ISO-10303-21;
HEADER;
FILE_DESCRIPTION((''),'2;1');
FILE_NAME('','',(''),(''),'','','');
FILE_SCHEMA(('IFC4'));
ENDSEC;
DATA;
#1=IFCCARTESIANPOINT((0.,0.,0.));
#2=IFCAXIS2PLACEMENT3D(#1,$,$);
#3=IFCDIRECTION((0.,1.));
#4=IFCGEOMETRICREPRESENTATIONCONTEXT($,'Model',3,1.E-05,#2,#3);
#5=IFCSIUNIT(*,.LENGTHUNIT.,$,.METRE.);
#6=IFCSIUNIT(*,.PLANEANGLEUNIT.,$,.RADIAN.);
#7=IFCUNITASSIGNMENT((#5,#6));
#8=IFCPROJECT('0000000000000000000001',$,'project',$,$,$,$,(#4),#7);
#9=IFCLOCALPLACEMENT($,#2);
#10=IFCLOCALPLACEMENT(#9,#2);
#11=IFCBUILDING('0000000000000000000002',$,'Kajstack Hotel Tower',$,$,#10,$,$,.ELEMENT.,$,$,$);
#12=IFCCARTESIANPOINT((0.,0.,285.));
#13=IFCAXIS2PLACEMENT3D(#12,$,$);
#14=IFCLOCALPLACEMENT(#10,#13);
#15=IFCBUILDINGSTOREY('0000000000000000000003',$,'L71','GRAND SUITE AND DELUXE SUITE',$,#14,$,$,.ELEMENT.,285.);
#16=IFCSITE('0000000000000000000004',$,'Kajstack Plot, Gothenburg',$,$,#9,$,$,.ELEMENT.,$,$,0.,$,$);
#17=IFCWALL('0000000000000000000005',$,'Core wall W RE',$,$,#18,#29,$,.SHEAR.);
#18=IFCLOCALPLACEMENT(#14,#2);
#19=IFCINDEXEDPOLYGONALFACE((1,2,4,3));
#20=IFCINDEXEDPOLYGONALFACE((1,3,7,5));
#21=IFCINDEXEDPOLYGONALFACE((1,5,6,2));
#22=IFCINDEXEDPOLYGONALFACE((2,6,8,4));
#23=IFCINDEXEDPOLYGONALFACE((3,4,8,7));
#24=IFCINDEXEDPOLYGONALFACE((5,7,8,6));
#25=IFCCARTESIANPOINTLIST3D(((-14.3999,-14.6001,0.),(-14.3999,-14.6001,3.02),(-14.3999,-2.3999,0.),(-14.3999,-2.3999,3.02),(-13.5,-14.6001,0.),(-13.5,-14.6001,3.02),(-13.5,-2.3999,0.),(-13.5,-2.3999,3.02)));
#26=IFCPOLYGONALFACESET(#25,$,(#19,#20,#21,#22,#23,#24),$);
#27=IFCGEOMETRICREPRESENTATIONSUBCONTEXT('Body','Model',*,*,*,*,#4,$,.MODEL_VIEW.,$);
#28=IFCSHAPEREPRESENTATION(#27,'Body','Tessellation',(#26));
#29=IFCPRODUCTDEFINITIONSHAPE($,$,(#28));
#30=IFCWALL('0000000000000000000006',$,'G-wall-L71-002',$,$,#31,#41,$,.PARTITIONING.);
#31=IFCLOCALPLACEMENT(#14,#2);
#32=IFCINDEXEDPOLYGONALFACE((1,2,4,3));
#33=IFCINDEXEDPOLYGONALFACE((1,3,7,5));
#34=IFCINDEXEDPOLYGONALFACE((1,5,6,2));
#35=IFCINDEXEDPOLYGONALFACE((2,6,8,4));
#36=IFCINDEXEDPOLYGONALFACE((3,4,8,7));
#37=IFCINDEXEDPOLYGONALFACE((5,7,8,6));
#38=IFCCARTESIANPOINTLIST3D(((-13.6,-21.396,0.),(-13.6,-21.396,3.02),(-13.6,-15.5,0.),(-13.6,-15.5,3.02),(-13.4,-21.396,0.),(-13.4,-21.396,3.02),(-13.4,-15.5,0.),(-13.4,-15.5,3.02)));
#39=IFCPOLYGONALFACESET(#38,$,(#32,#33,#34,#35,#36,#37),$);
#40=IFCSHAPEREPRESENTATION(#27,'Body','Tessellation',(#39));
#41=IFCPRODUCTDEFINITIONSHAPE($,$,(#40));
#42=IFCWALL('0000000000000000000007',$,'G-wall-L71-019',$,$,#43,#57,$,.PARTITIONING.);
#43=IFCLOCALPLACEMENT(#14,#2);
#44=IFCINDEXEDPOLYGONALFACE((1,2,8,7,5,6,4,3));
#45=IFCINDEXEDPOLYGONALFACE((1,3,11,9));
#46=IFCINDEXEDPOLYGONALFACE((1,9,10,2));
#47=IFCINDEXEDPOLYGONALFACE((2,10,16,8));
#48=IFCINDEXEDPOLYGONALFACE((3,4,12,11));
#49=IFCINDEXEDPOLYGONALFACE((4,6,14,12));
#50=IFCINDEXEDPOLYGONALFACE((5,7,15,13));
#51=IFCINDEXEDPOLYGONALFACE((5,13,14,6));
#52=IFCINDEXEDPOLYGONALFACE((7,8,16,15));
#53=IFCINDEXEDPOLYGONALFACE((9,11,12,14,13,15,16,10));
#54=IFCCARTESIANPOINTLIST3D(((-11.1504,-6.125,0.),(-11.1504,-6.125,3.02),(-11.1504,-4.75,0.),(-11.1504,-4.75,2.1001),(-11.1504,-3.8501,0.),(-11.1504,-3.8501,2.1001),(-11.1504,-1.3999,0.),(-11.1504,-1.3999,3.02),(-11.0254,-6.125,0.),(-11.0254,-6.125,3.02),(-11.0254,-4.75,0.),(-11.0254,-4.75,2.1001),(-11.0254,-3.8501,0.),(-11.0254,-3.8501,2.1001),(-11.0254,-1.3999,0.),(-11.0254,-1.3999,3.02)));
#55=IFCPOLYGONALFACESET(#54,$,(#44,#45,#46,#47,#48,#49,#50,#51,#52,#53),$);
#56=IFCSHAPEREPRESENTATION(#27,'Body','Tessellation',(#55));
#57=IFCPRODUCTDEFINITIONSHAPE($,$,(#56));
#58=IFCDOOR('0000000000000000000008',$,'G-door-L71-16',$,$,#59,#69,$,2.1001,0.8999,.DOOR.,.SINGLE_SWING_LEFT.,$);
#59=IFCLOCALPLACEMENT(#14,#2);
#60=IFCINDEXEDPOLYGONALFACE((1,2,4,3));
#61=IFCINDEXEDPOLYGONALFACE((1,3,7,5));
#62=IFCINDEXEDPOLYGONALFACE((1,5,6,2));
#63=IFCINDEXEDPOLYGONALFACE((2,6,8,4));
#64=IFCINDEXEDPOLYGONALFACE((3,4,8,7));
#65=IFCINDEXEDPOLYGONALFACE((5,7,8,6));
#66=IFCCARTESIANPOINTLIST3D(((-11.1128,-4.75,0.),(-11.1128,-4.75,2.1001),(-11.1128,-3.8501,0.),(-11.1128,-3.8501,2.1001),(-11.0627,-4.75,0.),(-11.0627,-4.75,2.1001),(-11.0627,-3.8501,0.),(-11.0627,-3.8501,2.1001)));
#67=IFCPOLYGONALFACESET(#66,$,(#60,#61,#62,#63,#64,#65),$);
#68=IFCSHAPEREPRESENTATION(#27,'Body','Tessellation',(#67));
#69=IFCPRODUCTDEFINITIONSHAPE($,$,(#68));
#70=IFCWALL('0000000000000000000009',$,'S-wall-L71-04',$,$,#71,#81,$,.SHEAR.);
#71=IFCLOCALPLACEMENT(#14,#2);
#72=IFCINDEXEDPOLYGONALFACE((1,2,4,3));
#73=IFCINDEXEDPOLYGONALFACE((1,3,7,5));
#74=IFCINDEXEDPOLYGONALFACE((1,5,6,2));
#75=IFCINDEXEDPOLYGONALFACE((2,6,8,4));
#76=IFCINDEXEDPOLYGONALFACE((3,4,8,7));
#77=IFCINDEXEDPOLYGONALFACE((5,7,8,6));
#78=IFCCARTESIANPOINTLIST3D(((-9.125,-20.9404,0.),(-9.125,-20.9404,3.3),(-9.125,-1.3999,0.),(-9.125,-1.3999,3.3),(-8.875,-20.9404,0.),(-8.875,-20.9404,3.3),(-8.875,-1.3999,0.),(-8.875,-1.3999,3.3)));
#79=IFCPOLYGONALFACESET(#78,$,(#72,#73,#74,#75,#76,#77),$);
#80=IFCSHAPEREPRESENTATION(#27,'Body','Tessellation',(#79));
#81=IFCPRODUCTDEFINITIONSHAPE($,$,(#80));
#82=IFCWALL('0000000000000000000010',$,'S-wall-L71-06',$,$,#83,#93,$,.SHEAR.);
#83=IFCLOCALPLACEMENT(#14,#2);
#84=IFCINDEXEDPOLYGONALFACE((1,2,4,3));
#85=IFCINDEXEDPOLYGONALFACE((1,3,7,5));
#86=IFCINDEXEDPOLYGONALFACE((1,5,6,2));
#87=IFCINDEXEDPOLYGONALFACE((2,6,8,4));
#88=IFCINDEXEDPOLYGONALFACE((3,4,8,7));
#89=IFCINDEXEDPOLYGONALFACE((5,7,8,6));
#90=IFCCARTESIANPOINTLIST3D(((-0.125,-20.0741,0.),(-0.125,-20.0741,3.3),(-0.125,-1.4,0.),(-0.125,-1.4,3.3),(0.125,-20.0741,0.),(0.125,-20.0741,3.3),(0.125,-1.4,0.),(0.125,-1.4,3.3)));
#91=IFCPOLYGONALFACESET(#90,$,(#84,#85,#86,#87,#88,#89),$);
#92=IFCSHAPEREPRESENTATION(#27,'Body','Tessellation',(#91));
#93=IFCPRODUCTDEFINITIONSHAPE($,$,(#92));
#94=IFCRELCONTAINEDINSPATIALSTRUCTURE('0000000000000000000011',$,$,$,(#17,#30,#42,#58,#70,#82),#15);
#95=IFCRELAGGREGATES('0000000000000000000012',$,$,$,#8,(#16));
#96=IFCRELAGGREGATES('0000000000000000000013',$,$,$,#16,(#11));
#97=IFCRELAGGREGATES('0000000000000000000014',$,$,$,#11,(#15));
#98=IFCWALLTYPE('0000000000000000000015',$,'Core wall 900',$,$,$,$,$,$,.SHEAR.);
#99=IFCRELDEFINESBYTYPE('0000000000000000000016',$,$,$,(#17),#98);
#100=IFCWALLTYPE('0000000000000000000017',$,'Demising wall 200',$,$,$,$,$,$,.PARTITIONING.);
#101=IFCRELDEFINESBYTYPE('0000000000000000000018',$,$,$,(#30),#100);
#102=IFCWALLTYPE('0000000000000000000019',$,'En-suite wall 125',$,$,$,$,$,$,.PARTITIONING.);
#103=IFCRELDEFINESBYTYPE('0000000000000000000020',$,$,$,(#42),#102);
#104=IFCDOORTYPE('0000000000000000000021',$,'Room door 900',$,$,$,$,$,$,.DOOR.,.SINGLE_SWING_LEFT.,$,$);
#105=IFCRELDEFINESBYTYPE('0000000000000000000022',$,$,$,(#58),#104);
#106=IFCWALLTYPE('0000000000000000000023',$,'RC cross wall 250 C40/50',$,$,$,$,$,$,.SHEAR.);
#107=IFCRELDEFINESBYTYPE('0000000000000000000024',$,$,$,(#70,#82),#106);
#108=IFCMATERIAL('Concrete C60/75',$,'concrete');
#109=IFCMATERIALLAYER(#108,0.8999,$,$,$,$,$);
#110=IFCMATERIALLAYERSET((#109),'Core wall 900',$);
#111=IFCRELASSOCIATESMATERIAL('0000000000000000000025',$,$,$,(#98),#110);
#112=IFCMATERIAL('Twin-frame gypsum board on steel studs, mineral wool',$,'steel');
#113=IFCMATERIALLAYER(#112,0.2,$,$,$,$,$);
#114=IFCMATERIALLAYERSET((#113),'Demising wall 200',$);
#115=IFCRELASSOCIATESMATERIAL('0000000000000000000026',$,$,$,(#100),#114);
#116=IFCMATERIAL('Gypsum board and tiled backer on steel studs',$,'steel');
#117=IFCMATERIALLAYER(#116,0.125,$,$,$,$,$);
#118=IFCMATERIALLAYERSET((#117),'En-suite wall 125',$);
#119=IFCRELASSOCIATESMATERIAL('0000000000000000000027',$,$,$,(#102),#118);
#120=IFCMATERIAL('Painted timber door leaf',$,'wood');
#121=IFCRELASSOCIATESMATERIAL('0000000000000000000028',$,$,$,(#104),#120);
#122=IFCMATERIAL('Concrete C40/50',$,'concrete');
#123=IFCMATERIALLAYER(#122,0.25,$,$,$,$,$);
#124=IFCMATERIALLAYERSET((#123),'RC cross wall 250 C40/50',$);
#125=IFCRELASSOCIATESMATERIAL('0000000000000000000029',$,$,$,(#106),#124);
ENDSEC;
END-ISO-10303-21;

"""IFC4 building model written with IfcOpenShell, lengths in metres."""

from ifc_helpers import new_model, si_unit, direction, frame, frame_2d, origin, place, context, subcontext, project, spatial, rectangle, extrude, material, layer, layer_set, type_object, element, fill, save


model = new_model("IFC4")

# Units and contexts
model_context = context("Model", 3, precision=1e-05, world=origin(), true_north=direction((0.0, 1.0)))
body_context = subcontext(model_context, "Body", "Model", "MODEL_VIEW")
ifc_project = project(units=[si_unit("LENGTHUNIT", "METRE"), si_unit("PLANEANGLEUNIT", "RADIAN")], contexts=[model_context])

# Site, building, storey
site_placement = place(None, origin())
site = spatial("IfcSite", under=ifc_project, at=site_placement, Name="Kajstack Plot, Gothenburg", CompositionType="ELEMENT", RefElevation=0.0)
building_placement = place(site_placement, origin())
building = spatial("IfcBuilding", under=site, at=building_placement, Name="Kajstack Hotel Tower", CompositionType="ELEMENT")
storey_placement = place(building_placement, frame((0.0, 0.0, 285.0)))
storey = spatial("IfcBuildingStorey", under=building, at=storey_placement, Name="L71", Description="GRAND SUITE AND DELUXE SUITE", CompositionType="ELEMENT", Elevation=285.0)

# Walls
ifc_material_1 = material(Name="Concrete C60/75", Category="concrete")
ifc_layer_1 = layer(ifc_material_1, 0.8999)
ifc_layer_set_1 = layer_set([ifc_layer_1], Name="Core wall 900")
wall_type_1 = type_object("IfcWallType", Name="Core wall 900", PredefinedType="SHEAR", material=ifc_layer_set_1)
wall_1_placement = place(storey_placement, frame((-13.95, -14.6001, 0.0), z_axis=(0.0, 0.0, 1.0), x_axis=(0.0, 1.0, 0.0)))
element("IfcWall", 1, at=wall_1_placement, inside=storey, type_object=wall_type_1, Name="Core wall W RE", PredefinedType="SHEAR", context=body_context, shape_type="SweptSolid", body=[
    extrude(rectangle(XDim=12.2002, YDim=0.8999, at=frame_2d((6.1001, 0.0))), origin(), (0.0, 0.0, 1.0), 3.02),
])
ifc_material_2 = material(Name="Twin-frame gypsum board on steel studs, mineral wool", Category="steel")
ifc_layer_2 = layer(ifc_material_2, 0.2)
ifc_layer_set_2 = layer_set([ifc_layer_2], Name="Demising wall 200")
wall_type_2 = type_object("IfcWallType", Name="Demising wall 200", PredefinedType="PARTITIONING", material=ifc_layer_set_2)
wall_2_placement = place(storey_placement, frame((-13.5, -21.396, 0.0), z_axis=(0.0, 0.0, 1.0), x_axis=(0.0, 1.0, 0.0)))
element("IfcWall", 2, at=wall_2_placement, inside=storey, type_object=wall_type_2, Name="G-wall-L71-002", PredefinedType="PARTITIONING", context=body_context, shape_type="SweptSolid", body=[
    extrude(rectangle(XDim=5.896, YDim=0.2, at=frame_2d((2.948, 0.0))), origin(), (0.0, 0.0, 1.0), 3.02),
])

# Wall, opening, door
ifc_material_3 = material(Name="Gypsum board and tiled backer on steel studs", Category="steel")
ifc_layer_3 = layer(ifc_material_3, 0.125)
ifc_layer_set_3 = layer_set([ifc_layer_3], Name="En-suite wall 125")
wall_type_3 = type_object("IfcWallType", Name="En-suite wall 125", PredefinedType="PARTITIONING", material=ifc_layer_set_3)
wall_3_placement = place(storey_placement, frame((-11.0879, -6.125, 0.0), z_axis=(0.0, 0.0, 1.0), x_axis=(0.0, 1.0, 0.0)))
wall_3 = element("IfcWall", 3, at=wall_3_placement, inside=storey, type_object=wall_type_3, Name="G-wall-L71-019", PredefinedType="PARTITIONING", context=body_context, shape_type="SweptSolid", body=[
    extrude(rectangle(XDim=4.7251, YDim=0.125, at=frame_2d((2.3625, 0.0))), origin(), (0.0, 0.0, 1.0), 3.02),
])
opening_1_placement = place(wall_3_placement, frame((1.375, 0.0, 0.0)))
opening_1 = element("IfcOpeningElement", 4, at=opening_1_placement, cuts=wall_3, PredefinedType="OPENING", context=body_context, shape_type="SweptSolid", body=[
    extrude(rectangle(XDim=0.8999, YDim=2.1001, at=frame_2d((0.45, 1.05))), frame((0.0, 0.0725, 0.0), z_axis=(0.0, -1.0, 0.0), x_axis=(1.0, 0.0, 0.0)), (0.0, 0.0, 1.0), 0.145),
])
ifc_material_4 = material(Name="Painted timber door leaf", Category="wood")
door_type = type_object("IfcDoorType", Name="Room door 900", OperationType="SINGLE_SWING_LEFT", PredefinedType="DOOR", material=ifc_material_4)
door_placement = place(opening_1_placement, origin())
door = element("IfcDoor", 5, at=door_placement, inside=storey, type_object=door_type, Name="G-door-L71-16", OperationType="SINGLE_SWING_LEFT", OverallHeight=2.1001, OverallWidth=0.8999, PredefinedType="DOOR", context=body_context, shape_type="SweptSolid", body=[
    extrude(rectangle(XDim=0.8999, YDim=2.1001, at=frame_2d((0.45, 1.05))), frame((0.0, 0.0249, 0.0), z_axis=(0.0, -1.0, 0.0), x_axis=(1.0, 0.0, 0.0)), (0.0, 0.0, 1.0), 0.05),
])
fill(opening_1, door)

# Walls
ifc_material_5 = material(Name="Concrete C40/50", Category="concrete")
ifc_layer_4 = layer(ifc_material_5, 0.25)
ifc_layer_set_4 = layer_set([ifc_layer_4], Name="RC cross wall 250 C40/50")
wall_type_4 = type_object("IfcWallType", Name="RC cross wall 250 C40/50", PredefinedType="SHEAR", material=ifc_layer_set_4)
wall_4_placement = place(storey_placement, frame((-9.0, -20.9404, 0.0), z_axis=(0.0, 0.0, 1.0), x_axis=(0.0, 1.0, 0.0)))
element("IfcWall", 6, at=wall_4_placement, inside=storey, type_object=wall_type_4, Name="S-wall-L71-04", PredefinedType="SHEAR", context=body_context, shape_type="SweptSolid", body=[
    extrude(rectangle(XDim=19.5405, YDim=0.25, at=frame_2d((9.7703, 0.0))), origin(), (0.0, 0.0, 1.0), 3.3),
])
wall_5_placement = place(storey_placement, frame((0.0, -20.074, 0.0), z_axis=(0.0, 0.0, 1.0), x_axis=(0.0, 1.0, 0.0)))
element("IfcWall", 7, at=wall_5_placement, inside=storey, type_object=wall_type_4, Name="S-wall-L71-06", PredefinedType="SHEAR", context=body_context, shape_type="SweptSolid", body=[
    extrude(rectangle(XDim=18.6741, YDim=0.25, at=frame_2d((9.3369, 0.0))), origin(), (0.0, 0.0, 1.0), 3.3),
])

save(model, "model.ifc")
